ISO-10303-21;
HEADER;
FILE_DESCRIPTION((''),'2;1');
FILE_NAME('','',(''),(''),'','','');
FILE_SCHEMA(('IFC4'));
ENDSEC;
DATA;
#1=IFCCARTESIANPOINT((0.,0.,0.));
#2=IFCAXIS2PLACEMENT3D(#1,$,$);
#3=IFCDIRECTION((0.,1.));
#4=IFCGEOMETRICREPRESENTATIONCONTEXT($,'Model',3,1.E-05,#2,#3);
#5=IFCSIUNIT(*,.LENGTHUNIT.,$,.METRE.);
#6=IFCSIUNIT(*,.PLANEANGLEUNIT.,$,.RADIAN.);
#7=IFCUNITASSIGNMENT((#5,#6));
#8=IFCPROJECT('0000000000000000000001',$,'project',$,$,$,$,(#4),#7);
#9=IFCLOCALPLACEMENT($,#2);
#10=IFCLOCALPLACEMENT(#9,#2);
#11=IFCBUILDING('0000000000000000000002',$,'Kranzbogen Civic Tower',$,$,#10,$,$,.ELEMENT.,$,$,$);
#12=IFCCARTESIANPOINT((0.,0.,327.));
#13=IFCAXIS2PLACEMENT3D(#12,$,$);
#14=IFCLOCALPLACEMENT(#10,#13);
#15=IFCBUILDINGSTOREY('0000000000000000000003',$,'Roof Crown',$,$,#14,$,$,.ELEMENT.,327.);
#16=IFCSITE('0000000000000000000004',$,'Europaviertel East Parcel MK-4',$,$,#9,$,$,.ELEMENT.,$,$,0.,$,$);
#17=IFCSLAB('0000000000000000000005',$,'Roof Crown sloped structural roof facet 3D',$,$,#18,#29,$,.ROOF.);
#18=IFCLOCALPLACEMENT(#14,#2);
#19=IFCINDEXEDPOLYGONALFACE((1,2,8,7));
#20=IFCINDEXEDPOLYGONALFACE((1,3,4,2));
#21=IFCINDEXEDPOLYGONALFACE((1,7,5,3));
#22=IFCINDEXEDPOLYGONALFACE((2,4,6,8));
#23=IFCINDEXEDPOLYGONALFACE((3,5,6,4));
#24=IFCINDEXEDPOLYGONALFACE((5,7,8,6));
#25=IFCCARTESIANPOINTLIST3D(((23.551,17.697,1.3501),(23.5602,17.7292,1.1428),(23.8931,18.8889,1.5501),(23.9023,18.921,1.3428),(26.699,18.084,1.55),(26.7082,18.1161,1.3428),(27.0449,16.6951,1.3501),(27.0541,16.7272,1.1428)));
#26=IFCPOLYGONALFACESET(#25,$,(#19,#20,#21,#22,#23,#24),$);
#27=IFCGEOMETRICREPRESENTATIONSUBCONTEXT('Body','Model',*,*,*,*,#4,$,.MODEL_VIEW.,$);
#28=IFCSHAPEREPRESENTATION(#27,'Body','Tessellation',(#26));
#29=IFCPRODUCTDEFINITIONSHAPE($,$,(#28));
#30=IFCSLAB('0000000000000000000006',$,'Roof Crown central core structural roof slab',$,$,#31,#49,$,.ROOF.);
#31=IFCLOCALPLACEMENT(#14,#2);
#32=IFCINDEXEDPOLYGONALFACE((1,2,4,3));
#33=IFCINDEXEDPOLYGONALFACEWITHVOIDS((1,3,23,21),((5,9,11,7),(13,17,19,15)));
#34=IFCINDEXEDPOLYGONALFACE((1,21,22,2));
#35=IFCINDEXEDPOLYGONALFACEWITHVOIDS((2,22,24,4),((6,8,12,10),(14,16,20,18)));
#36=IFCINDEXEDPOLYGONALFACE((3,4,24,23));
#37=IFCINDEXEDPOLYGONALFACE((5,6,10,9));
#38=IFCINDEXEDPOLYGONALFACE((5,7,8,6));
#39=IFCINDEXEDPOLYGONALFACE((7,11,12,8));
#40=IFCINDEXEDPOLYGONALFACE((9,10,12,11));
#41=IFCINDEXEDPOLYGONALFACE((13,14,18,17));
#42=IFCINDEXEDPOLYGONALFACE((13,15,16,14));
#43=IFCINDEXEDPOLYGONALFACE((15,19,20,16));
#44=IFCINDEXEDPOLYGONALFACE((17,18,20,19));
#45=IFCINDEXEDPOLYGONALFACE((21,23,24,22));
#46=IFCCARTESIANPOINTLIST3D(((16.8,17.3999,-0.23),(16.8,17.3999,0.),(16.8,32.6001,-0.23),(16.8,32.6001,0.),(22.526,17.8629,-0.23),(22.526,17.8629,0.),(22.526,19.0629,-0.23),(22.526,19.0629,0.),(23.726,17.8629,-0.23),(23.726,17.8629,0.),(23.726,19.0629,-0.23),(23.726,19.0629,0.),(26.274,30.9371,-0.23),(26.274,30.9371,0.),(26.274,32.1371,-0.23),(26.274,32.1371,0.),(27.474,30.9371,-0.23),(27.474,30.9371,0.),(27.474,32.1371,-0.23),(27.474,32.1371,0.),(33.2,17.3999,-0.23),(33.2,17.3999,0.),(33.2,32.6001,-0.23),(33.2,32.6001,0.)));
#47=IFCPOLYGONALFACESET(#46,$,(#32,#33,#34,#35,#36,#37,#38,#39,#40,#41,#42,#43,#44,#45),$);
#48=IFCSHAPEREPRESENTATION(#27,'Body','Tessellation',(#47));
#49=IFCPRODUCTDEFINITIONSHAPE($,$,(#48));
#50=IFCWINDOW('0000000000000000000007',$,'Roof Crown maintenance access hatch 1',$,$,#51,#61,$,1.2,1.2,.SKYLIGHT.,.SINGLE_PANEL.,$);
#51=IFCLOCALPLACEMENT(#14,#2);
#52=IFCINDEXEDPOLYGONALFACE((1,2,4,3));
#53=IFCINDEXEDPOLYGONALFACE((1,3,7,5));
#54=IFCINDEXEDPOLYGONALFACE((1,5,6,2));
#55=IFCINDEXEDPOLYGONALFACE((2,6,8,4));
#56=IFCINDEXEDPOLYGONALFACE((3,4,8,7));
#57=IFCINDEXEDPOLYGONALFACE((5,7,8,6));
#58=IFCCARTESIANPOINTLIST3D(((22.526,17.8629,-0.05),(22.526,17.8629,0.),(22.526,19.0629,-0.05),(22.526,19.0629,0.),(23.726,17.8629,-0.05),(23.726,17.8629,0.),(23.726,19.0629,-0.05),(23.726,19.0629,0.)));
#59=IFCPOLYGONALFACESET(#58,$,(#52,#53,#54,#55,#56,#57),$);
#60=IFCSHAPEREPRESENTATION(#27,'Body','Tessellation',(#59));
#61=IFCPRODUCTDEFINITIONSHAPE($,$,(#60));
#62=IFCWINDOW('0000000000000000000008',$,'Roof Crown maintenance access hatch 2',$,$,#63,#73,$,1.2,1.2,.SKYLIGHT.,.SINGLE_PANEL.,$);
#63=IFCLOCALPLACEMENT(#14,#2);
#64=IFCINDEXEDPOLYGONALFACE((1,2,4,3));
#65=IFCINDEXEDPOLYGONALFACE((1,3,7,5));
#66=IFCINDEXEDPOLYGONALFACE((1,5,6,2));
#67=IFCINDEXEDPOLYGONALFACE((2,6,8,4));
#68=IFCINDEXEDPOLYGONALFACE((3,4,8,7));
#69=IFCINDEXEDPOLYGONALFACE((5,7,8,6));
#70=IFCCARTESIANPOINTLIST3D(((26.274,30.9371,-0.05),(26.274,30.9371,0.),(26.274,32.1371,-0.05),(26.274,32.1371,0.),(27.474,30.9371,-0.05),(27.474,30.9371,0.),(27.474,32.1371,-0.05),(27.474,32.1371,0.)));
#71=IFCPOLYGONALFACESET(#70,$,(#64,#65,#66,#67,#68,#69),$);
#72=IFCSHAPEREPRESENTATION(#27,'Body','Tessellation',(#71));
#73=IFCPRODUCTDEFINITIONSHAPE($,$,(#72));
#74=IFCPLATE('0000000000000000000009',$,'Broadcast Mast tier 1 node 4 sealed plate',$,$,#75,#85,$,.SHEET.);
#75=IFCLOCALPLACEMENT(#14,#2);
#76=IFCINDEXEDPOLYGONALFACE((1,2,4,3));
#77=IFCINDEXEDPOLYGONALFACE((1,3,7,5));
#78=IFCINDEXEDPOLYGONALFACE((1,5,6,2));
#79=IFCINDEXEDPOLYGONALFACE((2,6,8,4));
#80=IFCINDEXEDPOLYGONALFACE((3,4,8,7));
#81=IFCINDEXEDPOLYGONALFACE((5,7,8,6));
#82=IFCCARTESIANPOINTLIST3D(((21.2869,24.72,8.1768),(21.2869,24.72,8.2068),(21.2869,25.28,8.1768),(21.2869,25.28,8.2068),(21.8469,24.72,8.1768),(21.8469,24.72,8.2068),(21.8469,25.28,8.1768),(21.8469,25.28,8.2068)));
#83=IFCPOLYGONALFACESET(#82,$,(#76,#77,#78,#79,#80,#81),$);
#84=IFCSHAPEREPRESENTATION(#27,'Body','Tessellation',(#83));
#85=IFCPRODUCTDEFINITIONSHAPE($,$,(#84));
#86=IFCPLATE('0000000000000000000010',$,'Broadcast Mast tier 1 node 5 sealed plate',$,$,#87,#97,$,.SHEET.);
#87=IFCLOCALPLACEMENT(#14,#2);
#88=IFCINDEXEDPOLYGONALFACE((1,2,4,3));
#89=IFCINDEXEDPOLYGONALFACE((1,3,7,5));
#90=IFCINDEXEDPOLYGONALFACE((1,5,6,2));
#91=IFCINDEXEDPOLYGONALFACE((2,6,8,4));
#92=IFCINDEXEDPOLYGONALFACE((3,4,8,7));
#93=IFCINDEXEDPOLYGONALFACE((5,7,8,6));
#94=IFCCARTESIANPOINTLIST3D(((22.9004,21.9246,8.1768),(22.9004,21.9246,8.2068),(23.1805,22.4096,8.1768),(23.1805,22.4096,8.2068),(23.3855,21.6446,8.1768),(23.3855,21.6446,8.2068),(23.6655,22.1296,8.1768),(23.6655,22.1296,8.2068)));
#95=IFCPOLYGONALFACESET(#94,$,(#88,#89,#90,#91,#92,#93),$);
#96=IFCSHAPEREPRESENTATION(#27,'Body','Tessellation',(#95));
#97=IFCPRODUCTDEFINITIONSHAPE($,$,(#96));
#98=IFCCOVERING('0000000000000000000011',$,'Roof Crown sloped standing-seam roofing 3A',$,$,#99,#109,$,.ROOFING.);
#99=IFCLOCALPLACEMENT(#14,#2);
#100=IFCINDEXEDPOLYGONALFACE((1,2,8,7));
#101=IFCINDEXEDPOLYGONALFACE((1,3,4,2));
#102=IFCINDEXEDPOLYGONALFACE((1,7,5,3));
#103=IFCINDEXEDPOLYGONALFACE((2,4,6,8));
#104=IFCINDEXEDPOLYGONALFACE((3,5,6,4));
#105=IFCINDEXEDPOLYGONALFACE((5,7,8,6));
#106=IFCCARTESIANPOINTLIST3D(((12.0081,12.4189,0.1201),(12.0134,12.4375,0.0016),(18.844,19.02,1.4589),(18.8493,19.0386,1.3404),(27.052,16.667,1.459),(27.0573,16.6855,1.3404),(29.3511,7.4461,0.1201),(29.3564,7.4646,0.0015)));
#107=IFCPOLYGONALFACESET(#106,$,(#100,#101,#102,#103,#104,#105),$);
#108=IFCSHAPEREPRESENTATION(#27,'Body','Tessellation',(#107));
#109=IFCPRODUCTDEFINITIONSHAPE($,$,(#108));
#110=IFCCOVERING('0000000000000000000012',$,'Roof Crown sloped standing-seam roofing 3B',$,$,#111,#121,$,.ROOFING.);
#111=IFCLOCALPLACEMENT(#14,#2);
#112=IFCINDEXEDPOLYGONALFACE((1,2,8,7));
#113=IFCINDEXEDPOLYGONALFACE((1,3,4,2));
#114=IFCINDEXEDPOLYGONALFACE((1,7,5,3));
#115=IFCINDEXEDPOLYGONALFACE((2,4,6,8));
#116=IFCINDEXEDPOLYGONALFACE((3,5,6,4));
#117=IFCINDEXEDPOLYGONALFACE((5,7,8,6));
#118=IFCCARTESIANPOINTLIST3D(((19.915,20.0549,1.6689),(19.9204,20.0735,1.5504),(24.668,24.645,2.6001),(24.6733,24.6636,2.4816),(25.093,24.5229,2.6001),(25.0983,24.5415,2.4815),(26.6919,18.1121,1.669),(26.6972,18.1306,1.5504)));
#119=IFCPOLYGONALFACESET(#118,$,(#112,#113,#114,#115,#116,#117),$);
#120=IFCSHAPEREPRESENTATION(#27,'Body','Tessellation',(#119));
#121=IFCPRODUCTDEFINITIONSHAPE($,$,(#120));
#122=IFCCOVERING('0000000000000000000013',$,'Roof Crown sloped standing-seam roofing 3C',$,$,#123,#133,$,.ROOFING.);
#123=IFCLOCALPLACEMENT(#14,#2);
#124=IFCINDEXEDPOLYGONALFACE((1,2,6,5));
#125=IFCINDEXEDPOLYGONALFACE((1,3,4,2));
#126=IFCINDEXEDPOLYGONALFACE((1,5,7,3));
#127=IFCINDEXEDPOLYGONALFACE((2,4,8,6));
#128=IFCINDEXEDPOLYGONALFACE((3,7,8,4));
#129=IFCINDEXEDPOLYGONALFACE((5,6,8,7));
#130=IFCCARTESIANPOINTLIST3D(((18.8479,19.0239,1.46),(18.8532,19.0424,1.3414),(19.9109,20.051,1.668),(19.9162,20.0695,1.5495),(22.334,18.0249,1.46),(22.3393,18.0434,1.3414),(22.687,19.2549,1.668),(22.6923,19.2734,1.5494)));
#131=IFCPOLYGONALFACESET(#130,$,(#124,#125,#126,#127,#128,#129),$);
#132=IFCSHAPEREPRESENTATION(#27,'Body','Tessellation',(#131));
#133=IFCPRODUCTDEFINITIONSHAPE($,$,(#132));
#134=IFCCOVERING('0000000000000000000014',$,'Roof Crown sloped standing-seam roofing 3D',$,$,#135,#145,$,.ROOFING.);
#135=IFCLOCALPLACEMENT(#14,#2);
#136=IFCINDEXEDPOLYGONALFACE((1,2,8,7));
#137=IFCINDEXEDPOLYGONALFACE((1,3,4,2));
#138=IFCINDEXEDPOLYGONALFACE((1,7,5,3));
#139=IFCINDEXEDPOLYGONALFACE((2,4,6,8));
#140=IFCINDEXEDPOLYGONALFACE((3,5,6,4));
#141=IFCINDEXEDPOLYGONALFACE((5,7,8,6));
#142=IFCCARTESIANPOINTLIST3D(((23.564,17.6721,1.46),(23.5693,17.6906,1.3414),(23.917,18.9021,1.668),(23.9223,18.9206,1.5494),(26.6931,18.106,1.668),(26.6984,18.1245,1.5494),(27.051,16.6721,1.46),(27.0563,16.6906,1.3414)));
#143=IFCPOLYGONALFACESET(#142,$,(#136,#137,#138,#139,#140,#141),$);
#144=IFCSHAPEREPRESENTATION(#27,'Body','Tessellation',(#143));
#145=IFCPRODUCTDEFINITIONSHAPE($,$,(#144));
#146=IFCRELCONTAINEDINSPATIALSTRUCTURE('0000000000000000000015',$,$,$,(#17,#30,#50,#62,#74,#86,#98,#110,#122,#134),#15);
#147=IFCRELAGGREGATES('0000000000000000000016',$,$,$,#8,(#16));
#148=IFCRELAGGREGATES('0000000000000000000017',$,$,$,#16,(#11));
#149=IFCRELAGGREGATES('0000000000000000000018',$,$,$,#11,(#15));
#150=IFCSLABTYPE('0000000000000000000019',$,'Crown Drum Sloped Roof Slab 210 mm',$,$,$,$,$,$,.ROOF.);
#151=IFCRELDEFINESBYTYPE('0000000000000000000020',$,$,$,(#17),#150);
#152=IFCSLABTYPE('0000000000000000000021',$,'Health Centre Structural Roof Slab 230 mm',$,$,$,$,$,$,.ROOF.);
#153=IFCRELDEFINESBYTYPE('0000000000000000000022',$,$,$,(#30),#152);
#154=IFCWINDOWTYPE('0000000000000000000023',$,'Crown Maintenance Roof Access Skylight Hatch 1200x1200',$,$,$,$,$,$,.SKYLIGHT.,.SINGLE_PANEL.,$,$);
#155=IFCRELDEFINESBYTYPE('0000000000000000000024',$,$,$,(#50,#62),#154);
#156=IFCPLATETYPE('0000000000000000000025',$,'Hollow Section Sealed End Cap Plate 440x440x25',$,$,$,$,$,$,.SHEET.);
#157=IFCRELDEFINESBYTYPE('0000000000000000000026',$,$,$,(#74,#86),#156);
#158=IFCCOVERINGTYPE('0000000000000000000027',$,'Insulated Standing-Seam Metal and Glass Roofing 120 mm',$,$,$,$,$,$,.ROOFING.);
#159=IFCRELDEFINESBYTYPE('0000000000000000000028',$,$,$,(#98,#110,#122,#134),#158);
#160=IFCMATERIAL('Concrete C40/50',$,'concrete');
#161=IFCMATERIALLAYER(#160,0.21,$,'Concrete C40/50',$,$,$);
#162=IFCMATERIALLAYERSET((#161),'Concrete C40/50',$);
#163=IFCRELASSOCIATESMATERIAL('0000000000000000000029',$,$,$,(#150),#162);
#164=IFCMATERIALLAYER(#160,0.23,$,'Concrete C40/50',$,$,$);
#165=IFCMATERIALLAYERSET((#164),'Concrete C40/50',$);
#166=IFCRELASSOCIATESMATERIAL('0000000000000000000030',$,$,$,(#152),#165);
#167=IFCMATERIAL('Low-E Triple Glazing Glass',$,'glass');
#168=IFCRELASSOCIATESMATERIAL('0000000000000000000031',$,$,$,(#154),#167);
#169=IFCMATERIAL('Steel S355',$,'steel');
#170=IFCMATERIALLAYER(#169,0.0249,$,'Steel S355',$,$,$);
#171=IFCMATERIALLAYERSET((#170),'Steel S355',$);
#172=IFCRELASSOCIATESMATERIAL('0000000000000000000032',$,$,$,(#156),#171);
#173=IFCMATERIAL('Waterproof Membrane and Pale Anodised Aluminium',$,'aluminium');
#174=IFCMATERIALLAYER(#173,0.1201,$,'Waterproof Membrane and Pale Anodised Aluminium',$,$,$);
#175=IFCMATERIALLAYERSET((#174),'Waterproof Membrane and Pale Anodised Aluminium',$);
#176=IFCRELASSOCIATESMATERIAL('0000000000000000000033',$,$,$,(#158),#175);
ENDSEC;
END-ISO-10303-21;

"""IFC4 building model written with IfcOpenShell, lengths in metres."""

from ifc_helpers import new_model, si_unit, direction, frame, origin, origin_2d, place, context, subcontext, project, spatial, polyline, rectangle, outline, extrude, material, layer, layer_set, type_object, element, fill, save


model = new_model("IFC4")

# Units and contexts
model_context = context("Model", 3, precision=1e-05, world=origin(), true_north=direction((0.0, 1.0)))
body_context = subcontext(model_context, "Body", "Model", "MODEL_VIEW")
ifc_project = project(units=[si_unit("LENGTHUNIT", "METRE"), si_unit("PLANEANGLEUNIT", "RADIAN")], contexts=[model_context])

# Site, building, storey
site_placement = place(None, origin())
site = spatial("IfcSite", under=ifc_project, at=site_placement, Name="Europaviertel East Parcel MK-4", CompositionType="ELEMENT", RefElevation=0.0)
building_placement = place(site_placement, origin())
building = spatial("IfcBuilding", under=site, at=building_placement, Name="Kranzbogen Civic Tower", CompositionType="ELEMENT")
storey_placement = place(building_placement, frame((0.0, 0.0, 327.0)))
storey = spatial("IfcBuildingStorey", under=building, at=storey_placement, Name="Roof Crown", CompositionType="ELEMENT", Elevation=327.0)

# Shared definitions
ifc_material_1 = material(Name="Steel S355", Category="steel")

# Slab
ifc_material_2 = material(Name="Concrete C40/50", Category="concrete")
ifc_layer_1 = layer(ifc_material_2, 0.21, Name="Concrete C40/50")
ifc_layer_set_1 = layer_set([ifc_layer_1], Name="Concrete C40/50")
slab_type_1 = type_object("IfcSlabType", Name="Crown Drum Sloped Roof Slab 210 mm", PredefinedType="ROOF", material=ifc_layer_set_1)
slab_1_placement = place(storey_placement, frame((23.551, 17.697, 1.3501), z_axis=(-0.043895, -0.153042, 0.987244), x_axis=(0.961255, -0.275662, 0.000006)))
element("IfcSlab", 1, at=slab_1_placement, inside=storey, type_object=slab_type_1, Name="Roof Crown sloped structural roof facet 3D", PredefinedType="ROOF", context=body_context, shape_type="SweptSolid", body=[
    extrude(outline(polyline([(0.0, 0.0), (3.6347, 0.0), (2.9193, 1.2558), (0.0002, 1.256), (0.0, 0.0)])), origin(), (0.0, 0.0, -1.0), 0.21),
])

# Slab, openings, windows
ifc_layer_2 = layer(ifc_material_2, 0.23, Name="Concrete C40/50")
ifc_layer_set_2 = layer_set([ifc_layer_2], Name="Concrete C40/50")
slab_type_2 = type_object("IfcSlabType", Name="Health Centre Structural Roof Slab 230 mm", PredefinedType="ROOF", material=ifc_layer_set_2)
slab_2_placement = place(storey_placement, frame((0.0, 0.0, -0.23)))
slab_2 = element("IfcSlab", 2, at=slab_2_placement, inside=storey, type_object=slab_type_2, Name="Roof Crown central core structural roof slab", PredefinedType="ROOF", context=body_context, shape_type="SweptSolid", body=[
    extrude(outline(polyline([(16.8, 17.3999), (33.2, 17.3999), (33.2, 32.6001), (16.8, 32.6001), (16.8, 17.3999)])), origin(), (0.0, 0.0, 1.0), 0.23),
])
opening_1_placement = place(slab_2_placement, frame((23.126, 18.4629, 0.0)))
opening_1 = element("IfcOpeningElement", 3, at=opening_1_placement, cuts=slab_2, PredefinedType="OPENING", context=body_context, shape_type="SweptSolid", body=[
    extrude(rectangle(XDim=1.2, YDim=1.2, at=origin_2d()), origin(), (0.0, 0.0, 1.0), 0.23),
])
opening_2_placement = place(slab_2_placement, frame((26.874, 31.5371, 0.0)))
opening_2 = element("IfcOpeningElement", 4, at=opening_2_placement, cuts=slab_2, PredefinedType="OPENING", context=body_context, shape_type="SweptSolid", body=[
    extrude(rectangle(XDim=1.2, YDim=1.2, at=origin_2d()), origin(), (0.0, 0.0, 1.0), 0.23),
])
ifc_material_3 = material(Name="Low-E Triple Glazing Glass", Category="glass")
window_type = type_object("IfcWindowType", Name="Crown Maintenance Roof Access Skylight Hatch 1200x1200", PartitioningType="SINGLE_PANEL", PredefinedType="SKYLIGHT", material=ifc_material_3)
window_1_placement = place(opening_1_placement, frame((0.0, 0.0, 0.1799)))
window_1 = element("IfcWindow", 5, at=window_1_placement, inside=storey, type_object=window_type, Name="Roof Crown maintenance access hatch 1", OverallHeight=1.2, OverallWidth=1.2, PartitioningType="SINGLE_PANEL", PredefinedType="SKYLIGHT", context=body_context, shape_type="SweptSolid", body=[
    extrude(rectangle(XDim=1.2, YDim=1.2, at=origin_2d()), origin(), (0.0, 0.0, 1.0), 0.05),
])
fill(opening_1, window_1)
window_2_placement = place(opening_2_placement, frame((0.0, 0.0, 0.1799)))
window_2 = element("IfcWindow", 6, at=window_2_placement, inside=storey, type_object=window_type, Name="Roof Crown maintenance access hatch 2", OverallHeight=1.2, OverallWidth=1.2, PartitioningType="SINGLE_PANEL", PredefinedType="SKYLIGHT", context=body_context, shape_type="SweptSolid", body=[
    extrude(rectangle(XDim=1.2, YDim=1.2, at=origin_2d()), origin(), (0.0, 0.0, 1.0), 0.05),
])
fill(opening_2, window_2)

# Plates
ifc_layer_3 = layer(ifc_material_1, 0.0249, Name="Steel S355")
ifc_layer_set_3 = layer_set([ifc_layer_3], Name="Steel S355")
plate_type_1 = type_object("IfcPlateType", Name="Hollow Section Sealed End Cap Plate 440x440x25", PredefinedType="SHEET", material=ifc_layer_set_3)
for number, where, z_axis, x_axis, name in (
    (7, (21.5669, 25.0, 8.1768), (0.0, 0.0, 1.0), (-1.0, 0.0, 0.0), "Broadcast Mast tier 1 node 4 sealed plate"),
    (8, (23.283, 22.0271, 8.1768), (0.0, 0.0, 1.0), (-0.5, -0.866025, 0.0), "Broadcast Mast tier 1 node 5 sealed plate"),
):
    element("IfcPlate", number, at=place(storey_placement, frame(where, z_axis=z_axis, x_axis=x_axis)), inside=storey, type_object=plate_type_1, Name=name, PredefinedType="SHEET", context=body_context, shape_type="SweptSolid", body=[
        extrude(rectangle(XDim=0.5601, YDim=0.5601, at=origin_2d()), origin(), (0.0, 0.0, 1.0), 0.03),
    ])

# Coverings
ifc_material_4 = material(Name="Waterproof Membrane and Pale Anodised Aluminium", Category="aluminium")
ifc_layer_4 = layer(ifc_material_4, 0.1201, Name="Waterproof Membrane and Pale Anodised Aluminium")
ifc_layer_set_4 = layer_set([ifc_layer_4], Name="Waterproof Membrane and Pale Anodised Aluminium")
covering_type = type_object("IfcCoveringType", Name="Insulated Standing-Seam Metal and Glass Roofing 120 mm", PredefinedType="ROOFING", material=ifc_layer_set_4)
covering_1_placement = place(storey_placement, frame((12.0081, 12.4189, 0.1201), z_axis=(-0.044256, -0.154355, 0.987024), x_axis=(0.961264, -0.27563, -0.000003)))
element("IfcCovering", 9, at=covering_1_placement, inside=storey, type_object=covering_type, Name="Roof Crown sloped standing-seam roofing 3A", PredefinedType="ROOFING", context=body_context, shape_type="SweptSolid", body=[
    extrude(outline(polyline([(0.0, 0.0), (18.0419, 0.0), (13.2903, 8.3383), (4.7517, 8.3378), (0.0, 0.0)])), origin(), (0.0, 0.0, -1.0), 0.1201),
])
covering_2_placement = place(storey_placement, frame((19.915, 20.0549, 1.6689), z_axis=(-0.044269, -0.154395, 0.987017), x_axis=(0.961275, -0.275591, 0.000004)))
element("IfcCovering", 10, at=covering_2_placement, inside=storey, type_object=covering_type, Name="Roof Crown sloped standing-seam roofing 3B", PredefinedType="ROOFING", context=body_context, shape_type="SweptSolid", body=[
    extrude(outline(polyline([(0.0, 0.0), (7.0499, 0.0), (3.7461, 5.7973), (3.3039, 5.7975), (0.0, 0.0)])), origin(), (0.0, 0.0, -1.0), 0.1201),
])
covering_3_placement = place(storey_placement, frame((18.8479, 19.0239, 1.46), z_axis=(-0.044203, -0.154197, 0.987051), x_axis=(0.961305, -0.275488, 0.000013)))
element("IfcCovering", 11, at=covering_3_placement, inside=storey, type_object=covering_type, Name="Roof Crown sloped standing-seam roofing 3C", PredefinedType="ROOFING", context=body_context, shape_type="SweptSolid", body=[
    extrude(outline(polyline([(0.0, 0.0), (3.6264, 0.0), (3.6269, 1.2964), (0.7389, 1.297), (0.0, 0.0)])), origin(), (0.0, 0.0, -1.0), 0.1201),
])
covering_4_placement = place(storey_placement, frame((23.564, 17.6721, 1.46), z_axis=(-0.04423, -0.15423, 0.987044), x_axis=(0.961254, -0.275663, 0.0)))
element("IfcCovering", 12, at=covering_4_placement, inside=storey, type_object=covering_type, Name="Roof Crown sloped standing-seam roofing 3D", PredefinedType="ROOFING", context=body_context, shape_type="SweptSolid", body=[
    extrude(outline(polyline([(0.0, 0.0), (3.6276, 0.0), (2.8883, 1.2964), (0.0003, 1.2964), (0.0, 0.0)])), origin(), (0.0, 0.0, -1.0), 0.1201),
])

save(model, "model.ifc")
